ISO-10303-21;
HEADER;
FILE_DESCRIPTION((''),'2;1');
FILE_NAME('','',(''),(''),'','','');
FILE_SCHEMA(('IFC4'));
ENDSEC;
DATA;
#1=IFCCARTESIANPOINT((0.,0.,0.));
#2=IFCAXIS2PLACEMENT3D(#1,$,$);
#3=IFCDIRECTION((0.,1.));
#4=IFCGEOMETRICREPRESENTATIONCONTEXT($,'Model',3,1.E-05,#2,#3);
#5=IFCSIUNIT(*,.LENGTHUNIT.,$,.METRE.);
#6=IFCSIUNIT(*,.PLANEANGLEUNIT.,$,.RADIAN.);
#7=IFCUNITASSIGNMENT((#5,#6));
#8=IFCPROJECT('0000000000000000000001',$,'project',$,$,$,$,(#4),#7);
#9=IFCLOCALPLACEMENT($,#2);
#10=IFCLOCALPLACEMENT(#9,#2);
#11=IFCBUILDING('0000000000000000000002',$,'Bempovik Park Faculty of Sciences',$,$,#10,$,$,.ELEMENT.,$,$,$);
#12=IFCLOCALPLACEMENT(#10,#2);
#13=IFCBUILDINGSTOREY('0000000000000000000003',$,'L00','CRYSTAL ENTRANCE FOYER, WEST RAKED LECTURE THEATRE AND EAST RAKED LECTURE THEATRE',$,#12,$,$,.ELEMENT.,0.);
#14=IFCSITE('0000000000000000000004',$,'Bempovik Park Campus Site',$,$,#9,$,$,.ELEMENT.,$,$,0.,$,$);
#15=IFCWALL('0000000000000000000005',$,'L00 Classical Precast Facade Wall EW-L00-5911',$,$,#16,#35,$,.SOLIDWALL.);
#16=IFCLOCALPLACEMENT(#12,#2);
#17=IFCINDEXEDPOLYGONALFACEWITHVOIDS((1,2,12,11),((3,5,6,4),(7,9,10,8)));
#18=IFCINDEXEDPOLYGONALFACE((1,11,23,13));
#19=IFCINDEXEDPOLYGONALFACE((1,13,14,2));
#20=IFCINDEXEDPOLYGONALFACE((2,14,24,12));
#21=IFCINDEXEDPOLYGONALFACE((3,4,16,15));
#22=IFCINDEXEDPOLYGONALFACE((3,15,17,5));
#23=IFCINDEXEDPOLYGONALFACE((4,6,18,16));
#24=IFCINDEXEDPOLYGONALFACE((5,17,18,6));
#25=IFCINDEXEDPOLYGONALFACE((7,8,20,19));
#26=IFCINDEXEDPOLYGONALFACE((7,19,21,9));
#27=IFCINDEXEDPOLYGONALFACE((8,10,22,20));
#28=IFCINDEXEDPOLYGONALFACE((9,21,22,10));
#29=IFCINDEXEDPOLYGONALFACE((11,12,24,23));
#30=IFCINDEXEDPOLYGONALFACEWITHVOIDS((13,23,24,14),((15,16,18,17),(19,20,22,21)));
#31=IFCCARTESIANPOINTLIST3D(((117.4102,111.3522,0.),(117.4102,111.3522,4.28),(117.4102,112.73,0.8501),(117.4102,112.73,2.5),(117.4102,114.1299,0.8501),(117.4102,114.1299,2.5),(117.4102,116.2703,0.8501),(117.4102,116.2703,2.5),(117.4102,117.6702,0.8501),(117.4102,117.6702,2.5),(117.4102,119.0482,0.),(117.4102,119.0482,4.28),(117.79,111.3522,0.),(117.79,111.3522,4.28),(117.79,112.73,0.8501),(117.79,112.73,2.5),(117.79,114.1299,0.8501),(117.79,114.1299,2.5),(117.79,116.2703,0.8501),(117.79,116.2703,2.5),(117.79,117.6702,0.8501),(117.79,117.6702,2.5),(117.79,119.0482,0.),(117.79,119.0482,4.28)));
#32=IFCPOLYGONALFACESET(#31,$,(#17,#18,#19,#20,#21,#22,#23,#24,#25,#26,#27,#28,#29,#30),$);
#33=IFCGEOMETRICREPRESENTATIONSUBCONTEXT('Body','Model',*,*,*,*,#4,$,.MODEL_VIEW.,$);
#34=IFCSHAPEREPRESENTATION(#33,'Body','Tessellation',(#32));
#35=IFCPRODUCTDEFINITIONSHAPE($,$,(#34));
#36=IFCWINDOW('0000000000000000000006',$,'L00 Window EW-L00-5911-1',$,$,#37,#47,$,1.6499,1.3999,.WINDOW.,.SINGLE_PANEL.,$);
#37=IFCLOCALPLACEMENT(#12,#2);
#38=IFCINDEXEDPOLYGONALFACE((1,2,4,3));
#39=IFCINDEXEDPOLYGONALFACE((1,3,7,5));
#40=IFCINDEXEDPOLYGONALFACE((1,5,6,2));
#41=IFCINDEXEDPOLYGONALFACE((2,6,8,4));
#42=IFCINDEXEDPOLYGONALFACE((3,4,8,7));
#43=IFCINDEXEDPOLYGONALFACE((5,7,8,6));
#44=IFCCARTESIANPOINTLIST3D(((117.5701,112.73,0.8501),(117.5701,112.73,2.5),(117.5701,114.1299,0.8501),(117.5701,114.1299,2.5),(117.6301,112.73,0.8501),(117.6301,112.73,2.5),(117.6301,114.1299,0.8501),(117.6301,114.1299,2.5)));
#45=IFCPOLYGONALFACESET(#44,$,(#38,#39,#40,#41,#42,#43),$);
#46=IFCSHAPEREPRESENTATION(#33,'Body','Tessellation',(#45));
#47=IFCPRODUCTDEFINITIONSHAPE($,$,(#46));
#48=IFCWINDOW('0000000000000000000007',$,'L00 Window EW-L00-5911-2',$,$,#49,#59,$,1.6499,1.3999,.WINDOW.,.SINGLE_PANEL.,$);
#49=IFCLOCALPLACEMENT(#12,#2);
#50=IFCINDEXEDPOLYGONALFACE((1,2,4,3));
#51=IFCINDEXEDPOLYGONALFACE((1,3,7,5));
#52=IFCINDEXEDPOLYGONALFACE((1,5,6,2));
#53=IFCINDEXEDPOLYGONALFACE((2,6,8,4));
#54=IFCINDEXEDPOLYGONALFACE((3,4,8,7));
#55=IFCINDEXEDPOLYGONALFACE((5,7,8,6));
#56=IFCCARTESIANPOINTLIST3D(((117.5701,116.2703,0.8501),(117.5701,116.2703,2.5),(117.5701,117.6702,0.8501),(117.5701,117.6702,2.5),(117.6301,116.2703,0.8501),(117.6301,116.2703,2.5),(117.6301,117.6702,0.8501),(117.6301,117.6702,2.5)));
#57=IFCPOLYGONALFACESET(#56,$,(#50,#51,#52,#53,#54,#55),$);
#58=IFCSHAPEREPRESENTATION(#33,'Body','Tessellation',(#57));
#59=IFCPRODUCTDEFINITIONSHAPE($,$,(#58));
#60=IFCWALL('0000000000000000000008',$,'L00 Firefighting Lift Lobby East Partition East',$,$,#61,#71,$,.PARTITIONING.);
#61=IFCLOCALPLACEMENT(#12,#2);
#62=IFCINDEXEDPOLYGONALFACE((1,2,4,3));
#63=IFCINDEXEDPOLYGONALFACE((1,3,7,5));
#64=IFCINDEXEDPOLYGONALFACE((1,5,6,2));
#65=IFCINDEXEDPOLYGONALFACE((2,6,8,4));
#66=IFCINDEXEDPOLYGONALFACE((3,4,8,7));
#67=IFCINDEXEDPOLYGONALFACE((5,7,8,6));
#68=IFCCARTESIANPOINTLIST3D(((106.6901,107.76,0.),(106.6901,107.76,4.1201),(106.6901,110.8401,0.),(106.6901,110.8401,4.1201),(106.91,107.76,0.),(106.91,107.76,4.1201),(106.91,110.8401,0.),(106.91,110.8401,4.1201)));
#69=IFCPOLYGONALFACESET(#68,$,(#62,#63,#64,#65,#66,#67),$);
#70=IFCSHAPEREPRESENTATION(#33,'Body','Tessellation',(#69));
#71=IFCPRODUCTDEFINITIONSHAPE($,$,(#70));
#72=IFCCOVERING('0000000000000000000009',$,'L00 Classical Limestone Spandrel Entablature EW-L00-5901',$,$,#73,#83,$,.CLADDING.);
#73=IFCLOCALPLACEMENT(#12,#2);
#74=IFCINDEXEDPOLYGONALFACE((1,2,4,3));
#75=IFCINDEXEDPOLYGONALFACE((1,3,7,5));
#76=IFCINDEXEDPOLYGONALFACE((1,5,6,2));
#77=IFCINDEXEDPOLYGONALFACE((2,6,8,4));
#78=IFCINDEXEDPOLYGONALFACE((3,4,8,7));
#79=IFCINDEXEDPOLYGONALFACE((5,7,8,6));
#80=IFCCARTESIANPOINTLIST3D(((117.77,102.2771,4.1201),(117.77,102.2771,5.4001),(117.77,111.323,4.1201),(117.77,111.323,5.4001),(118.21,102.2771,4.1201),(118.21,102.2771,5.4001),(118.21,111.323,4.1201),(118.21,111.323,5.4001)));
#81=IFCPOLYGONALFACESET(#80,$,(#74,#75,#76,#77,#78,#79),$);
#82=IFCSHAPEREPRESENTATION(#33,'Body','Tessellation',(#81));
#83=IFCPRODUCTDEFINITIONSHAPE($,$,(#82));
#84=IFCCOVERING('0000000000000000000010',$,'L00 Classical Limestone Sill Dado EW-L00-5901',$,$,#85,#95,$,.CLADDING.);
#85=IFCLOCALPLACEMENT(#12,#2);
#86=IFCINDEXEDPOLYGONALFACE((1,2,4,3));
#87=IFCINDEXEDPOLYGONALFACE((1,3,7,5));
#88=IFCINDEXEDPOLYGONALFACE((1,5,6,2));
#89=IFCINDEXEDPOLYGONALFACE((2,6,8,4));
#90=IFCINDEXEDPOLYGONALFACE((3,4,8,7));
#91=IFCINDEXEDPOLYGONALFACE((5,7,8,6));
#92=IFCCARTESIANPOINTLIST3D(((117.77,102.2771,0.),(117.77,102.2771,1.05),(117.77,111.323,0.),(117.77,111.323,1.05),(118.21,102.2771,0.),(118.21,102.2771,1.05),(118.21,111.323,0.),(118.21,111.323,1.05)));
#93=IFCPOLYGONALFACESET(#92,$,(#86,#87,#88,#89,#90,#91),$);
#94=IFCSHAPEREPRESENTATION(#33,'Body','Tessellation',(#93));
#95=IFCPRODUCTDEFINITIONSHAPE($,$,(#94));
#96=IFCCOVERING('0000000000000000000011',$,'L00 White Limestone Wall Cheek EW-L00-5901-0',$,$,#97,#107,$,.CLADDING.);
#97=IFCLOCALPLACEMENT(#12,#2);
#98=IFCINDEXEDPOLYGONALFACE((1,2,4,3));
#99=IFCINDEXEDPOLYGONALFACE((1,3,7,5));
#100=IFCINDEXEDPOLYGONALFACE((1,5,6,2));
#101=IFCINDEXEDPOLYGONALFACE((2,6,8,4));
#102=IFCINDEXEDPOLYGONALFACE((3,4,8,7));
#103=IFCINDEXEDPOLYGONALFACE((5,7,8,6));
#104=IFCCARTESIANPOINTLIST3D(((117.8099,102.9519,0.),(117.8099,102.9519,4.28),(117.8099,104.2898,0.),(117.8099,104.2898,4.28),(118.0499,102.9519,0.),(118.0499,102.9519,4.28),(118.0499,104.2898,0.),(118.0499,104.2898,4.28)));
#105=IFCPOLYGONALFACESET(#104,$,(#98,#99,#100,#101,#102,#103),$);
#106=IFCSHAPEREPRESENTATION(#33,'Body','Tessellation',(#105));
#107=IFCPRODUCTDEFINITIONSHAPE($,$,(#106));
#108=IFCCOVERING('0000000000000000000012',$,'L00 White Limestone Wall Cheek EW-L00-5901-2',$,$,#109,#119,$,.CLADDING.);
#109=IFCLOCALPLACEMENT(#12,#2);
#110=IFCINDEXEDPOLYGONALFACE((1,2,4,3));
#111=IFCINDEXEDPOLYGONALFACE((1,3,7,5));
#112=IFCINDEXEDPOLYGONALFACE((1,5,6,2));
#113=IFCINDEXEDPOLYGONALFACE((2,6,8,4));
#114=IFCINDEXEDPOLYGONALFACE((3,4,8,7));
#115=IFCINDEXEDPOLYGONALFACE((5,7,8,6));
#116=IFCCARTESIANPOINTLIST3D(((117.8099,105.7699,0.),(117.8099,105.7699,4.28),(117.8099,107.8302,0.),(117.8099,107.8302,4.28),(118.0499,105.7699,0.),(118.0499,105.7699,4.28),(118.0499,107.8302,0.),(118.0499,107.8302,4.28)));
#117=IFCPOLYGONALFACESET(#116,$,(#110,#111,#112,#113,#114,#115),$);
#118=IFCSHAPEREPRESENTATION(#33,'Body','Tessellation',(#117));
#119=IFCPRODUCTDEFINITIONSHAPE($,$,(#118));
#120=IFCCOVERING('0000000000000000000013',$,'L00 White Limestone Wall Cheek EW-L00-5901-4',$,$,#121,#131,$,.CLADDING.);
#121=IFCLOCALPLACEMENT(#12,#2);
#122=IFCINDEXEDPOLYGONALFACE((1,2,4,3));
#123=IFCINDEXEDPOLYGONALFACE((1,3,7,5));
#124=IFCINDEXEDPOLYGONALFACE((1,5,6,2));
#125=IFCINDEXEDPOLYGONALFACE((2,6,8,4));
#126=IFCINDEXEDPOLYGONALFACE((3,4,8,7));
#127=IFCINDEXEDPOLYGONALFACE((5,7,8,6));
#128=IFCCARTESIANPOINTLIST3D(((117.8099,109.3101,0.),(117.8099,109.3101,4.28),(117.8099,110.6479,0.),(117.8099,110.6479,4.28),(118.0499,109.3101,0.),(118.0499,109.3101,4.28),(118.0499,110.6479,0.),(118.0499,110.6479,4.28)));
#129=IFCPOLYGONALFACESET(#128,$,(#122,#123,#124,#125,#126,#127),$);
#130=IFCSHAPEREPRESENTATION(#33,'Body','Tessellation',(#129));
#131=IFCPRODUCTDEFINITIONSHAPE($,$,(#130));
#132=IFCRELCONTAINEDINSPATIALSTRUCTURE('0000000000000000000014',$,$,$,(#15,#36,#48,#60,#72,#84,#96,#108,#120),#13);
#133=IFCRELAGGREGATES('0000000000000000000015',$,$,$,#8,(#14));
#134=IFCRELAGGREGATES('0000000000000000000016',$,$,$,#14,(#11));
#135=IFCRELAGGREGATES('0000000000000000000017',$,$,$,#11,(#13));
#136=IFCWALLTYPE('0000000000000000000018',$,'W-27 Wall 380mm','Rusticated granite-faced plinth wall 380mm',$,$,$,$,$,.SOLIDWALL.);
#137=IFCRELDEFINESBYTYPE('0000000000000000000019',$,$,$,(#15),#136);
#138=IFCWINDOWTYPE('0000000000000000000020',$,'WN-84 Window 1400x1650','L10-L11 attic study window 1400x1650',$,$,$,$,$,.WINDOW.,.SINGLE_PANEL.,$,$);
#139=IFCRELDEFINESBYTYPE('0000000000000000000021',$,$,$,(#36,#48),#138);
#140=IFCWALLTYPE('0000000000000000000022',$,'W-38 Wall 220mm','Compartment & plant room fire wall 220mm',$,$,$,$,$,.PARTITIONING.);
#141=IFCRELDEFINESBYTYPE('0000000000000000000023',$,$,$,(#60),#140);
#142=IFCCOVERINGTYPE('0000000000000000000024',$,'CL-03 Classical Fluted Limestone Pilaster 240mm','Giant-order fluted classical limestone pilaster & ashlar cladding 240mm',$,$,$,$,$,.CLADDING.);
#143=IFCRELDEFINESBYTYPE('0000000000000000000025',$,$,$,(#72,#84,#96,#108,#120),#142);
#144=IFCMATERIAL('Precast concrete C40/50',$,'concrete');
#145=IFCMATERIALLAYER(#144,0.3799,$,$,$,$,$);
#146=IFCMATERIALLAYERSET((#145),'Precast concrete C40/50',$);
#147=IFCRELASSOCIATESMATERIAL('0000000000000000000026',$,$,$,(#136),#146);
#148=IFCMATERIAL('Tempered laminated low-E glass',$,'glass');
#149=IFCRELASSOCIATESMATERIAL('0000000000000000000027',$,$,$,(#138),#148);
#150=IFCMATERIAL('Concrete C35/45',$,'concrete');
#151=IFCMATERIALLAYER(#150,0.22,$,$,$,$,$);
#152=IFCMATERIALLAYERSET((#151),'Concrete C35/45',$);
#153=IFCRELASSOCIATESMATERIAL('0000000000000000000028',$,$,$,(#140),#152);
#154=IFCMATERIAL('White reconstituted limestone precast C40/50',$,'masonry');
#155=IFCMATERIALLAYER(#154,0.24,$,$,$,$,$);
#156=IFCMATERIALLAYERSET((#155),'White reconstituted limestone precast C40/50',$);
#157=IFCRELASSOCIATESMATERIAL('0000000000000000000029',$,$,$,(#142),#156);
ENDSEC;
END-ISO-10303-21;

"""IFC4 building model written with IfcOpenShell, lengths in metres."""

from ifc_helpers import new_model, si_unit, direction, frame, frame_2d, origin, origin_2d, place, context, subcontext, project, spatial, rectangle, extrude, material, layer, layer_set, type_object, element, fill, save


model = new_model("IFC4")

# Units and contexts
model_context = context("Model", 3, precision=1e-05, world=origin(), true_north=direction((0.0, 1.0)))
body_context = subcontext(model_context, "Body", "Model", "MODEL_VIEW")
ifc_project = project(units=[si_unit("LENGTHUNIT", "METRE"), si_unit("PLANEANGLEUNIT", "RADIAN")], contexts=[model_context])

# Site, building, storey
site_placement = place(None, origin())
site = spatial("IfcSite", under=ifc_project, at=site_placement, Name="Bempovik Park Campus Site", CompositionType="ELEMENT", RefElevation=0.0)
building_placement = place(site_placement, origin())
building = spatial("IfcBuilding", under=site, at=building_placement, Name="Bempovik Park Faculty of Sciences", CompositionType="ELEMENT")
storey_placement = place(building_placement, origin())
storey = spatial("IfcBuildingStorey", under=building, at=storey_placement, Name="L00", Description="CRYSTAL ENTRANCE FOYER, WEST RAKED LECTURE THEATRE AND EAST RAKED LECTURE THEATRE", CompositionType="ELEMENT", Elevation=0.0)

# Shared definitions
ifc_material_1 = material(Name="Concrete C35/45", Category="concrete")

# Wall, openings, windows
ifc_material_2 = material(Name="Precast concrete C40/50", Category="concrete")
ifc_layer_1 = layer(ifc_material_2, 0.3799)
ifc_layer_set_1 = layer_set([ifc_layer_1], Name="Precast concrete C40/50")
wall_type_1 = type_object("IfcWallType", Name="W-27 Wall 380mm", Description="Rusticated granite-faced plinth wall 380mm", PredefinedType="SOLIDWALL", material=ifc_layer_set_1)
ifc_material_3 = material(Name="Tempered laminated low-E glass", Category="glass")
window_type = type_object("IfcWindowType", Name="WN-84 Window 1400x1650", Description="L10-L11 attic study window 1400x1650", PartitioningType="SINGLE_PANEL", PredefinedType="WINDOW", material=ifc_material_3)
wall_1_placement = place(storey_placement, frame((117.6001, 111.3521, 0.0), z_axis=(0.0, 0.0, 1.0), x_axis=(0.0, 1.0, 0.0)))
wall_1 = element("IfcWall", 1, at=wall_1_placement, inside=storey, type_object=wall_type_1, Name="L00 Classical Precast Facade Wall EW-L00-5911", PredefinedType="SOLIDWALL", context=body_context, shape_type="SweptSolid", body=[
    extrude(rectangle(XDim=7.696, YDim=0.3799, at=frame_2d((3.8481, 0.0))), origin(), (0.0, 0.0, 1.0), 4.28),
])
opening_1_placement = place(wall_1_placement, frame((1.3779, 0.0, 0.8501)))
opening_1 = element("IfcOpeningElement", 2, at=opening_1_placement, cuts=wall_1, PredefinedType="OPENING", context=body_context, shape_type="SweptSolid", body=[
    extrude(rectangle(XDim=1.3999, YDim=1.6499, at=frame_2d((0.7, 0.825))), frame((0.0, 0.2, 0.0), z_axis=(0.0, -1.0, 0.0), x_axis=(1.0, 0.0, 0.0)), (0.0, 0.0, 1.0), 0.3999),
])
opening_2_placement = place(wall_1_placement, frame((4.9182, 0.0, 0.8501)))
opening_2 = element("IfcOpeningElement", 3, at=opening_2_placement, cuts=wall_1, PredefinedType="OPENING", context=body_context, shape_type="SweptSolid", body=[
    extrude(rectangle(XDim=1.3999, YDim=1.6499, at=frame_2d((0.7, 0.825))), frame((0.0, 0.2, 0.0), z_axis=(0.0, -1.0, 0.0), x_axis=(1.0, 0.0, 0.0)), (0.0, 0.0, 1.0), 0.3999),
])
window_1_placement = place(opening_1_placement, origin())
window_1 = element("IfcWindow", 4, at=window_1_placement, inside=storey, type_object=window_type, Name="L00 Window EW-L00-5911-1", OverallHeight=1.6499, OverallWidth=1.3999, PartitioningType="SINGLE_PANEL", PredefinedType="WINDOW", context=body_context, shape_type="SweptSolid", body=[
    extrude(rectangle(XDim=1.3999, YDim=1.6499, at=frame_2d((0.7, 0.825))), frame((0.0, 0.03, 0.0), z_axis=(0.0, -1.0, 0.0), x_axis=(1.0, 0.0, 0.0)), (0.0, 0.0, 1.0), 0.0601),
])
fill(opening_1, window_1)
window_2_placement = place(opening_2_placement, origin())
window_2 = element("IfcWindow", 5, at=window_2_placement, inside=storey, type_object=window_type, Name="L00 Window EW-L00-5911-2", OverallHeight=1.6499, OverallWidth=1.3999, PartitioningType="SINGLE_PANEL", PredefinedType="WINDOW", context=body_context, shape_type="SweptSolid", body=[
    extrude(rectangle(XDim=1.3999, YDim=1.6499, at=frame_2d((0.7, 0.825))), frame((0.0, 0.03, 0.0), z_axis=(0.0, -1.0, 0.0), x_axis=(1.0, 0.0, 0.0)), (0.0, 0.0, 1.0), 0.0601),
])
fill(opening_2, window_2)

# Wall
ifc_layer_2 = layer(ifc_material_1, 0.22)
ifc_layer_set_2 = layer_set([ifc_layer_2], Name="Concrete C35/45")
wall_type_2 = type_object("IfcWallType", Name="W-38 Wall 220mm", Description="Compartment & plant room fire wall 220mm", PredefinedType="PARTITIONING", material=ifc_layer_set_2)
wall_2_placement = place(storey_placement, frame((106.8, 107.76, 0.0), z_axis=(0.0, 0.0, 1.0), x_axis=(0.0, 1.0, 0.0)))
element("IfcWall", 6, at=wall_2_placement, inside=storey, type_object=wall_type_2, Name="L00 Firefighting Lift Lobby East Partition East", PredefinedType="PARTITIONING", context=body_context, shape_type="SweptSolid", body=[
    extrude(rectangle(XDim=3.0801, YDim=0.22, at=frame_2d((1.54, 0.0))), origin(), (0.0, 0.0, 1.0), 4.1201),
])

# Coverings
ifc_material_4 = material(Name="White reconstituted limestone precast C40/50", Category="masonry")
ifc_layer_3 = layer(ifc_material_4, 0.24)
ifc_layer_set_3 = layer_set([ifc_layer_3], Name="White reconstituted limestone precast C40/50")
covering_type = type_object("IfcCoveringType", Name="CL-03 Classical Fluted Limestone Pilaster 240mm", Description="Giant-order fluted classical limestone pilaster & ashlar cladding 240mm", PredefinedType="CLADDING", material=ifc_layer_set_3)
covering_1_placement = place(storey_placement, frame((117.99, 106.8, 4.1201), z_axis=(0.0, 0.0, 1.0), x_axis=(1.0, 0.0, 0.0)))
element("IfcCovering", 7, at=covering_1_placement, inside=storey, type_object=covering_type, Name="L00 Classical Limestone Spandrel Entablature EW-L00-5901", PredefinedType="CLADDING", context=body_context, shape_type="SweptSolid", body=[
    extrude(rectangle(XDim=0.4399, YDim=9.0459, at=origin_2d()), origin(), (0.0, 0.0, 1.0), 1.28),
])
covering_2_placement = place(storey_placement, frame((117.99, 106.8, 0.0), z_axis=(0.0, 0.0, 1.0), x_axis=(1.0, 0.0, 0.0)))
element("IfcCovering", 8, at=covering_2_placement, inside=storey, type_object=covering_type, Name="L00 Classical Limestone Sill Dado EW-L00-5901", PredefinedType="CLADDING", context=body_context, shape_type="SweptSolid", body=[
    extrude(rectangle(XDim=0.4399, YDim=9.0459, at=origin_2d()), origin(), (0.0, 0.0, 1.0), 1.05),
])
covering_3_placement = place(storey_placement, frame((117.9299, 103.6208, 0.0), z_axis=(0.0, 0.0, 1.0), x_axis=(1.0, 0.0, 0.0)))
element("IfcCovering", 9, at=covering_3_placement, inside=storey, type_object=covering_type, Name="L00 White Limestone Wall Cheek EW-L00-5901-0", PredefinedType="CLADDING", context=body_context, shape_type="SweptSolid", body=[
    extrude(rectangle(XDim=0.24, YDim=1.3379, at=origin_2d()), origin(), (0.0, 0.0, 1.0), 4.28),
])
covering_4_placement = place(storey_placement, frame((117.9299, 106.8, 0.0), z_axis=(0.0, 0.0, 1.0), x_axis=(1.0, 0.0, 0.0)))
element("IfcCovering", 10, at=covering_4_placement, inside=storey, type_object=covering_type, Name="L00 White Limestone Wall Cheek EW-L00-5901-2", PredefinedType="CLADDING", context=body_context, shape_type="SweptSolid", body=[
    extrude(rectangle(XDim=0.24, YDim=2.0603, at=origin_2d()), origin(), (0.0, 0.0, 1.0), 4.28),
])
covering_5_placement = place(storey_placement, frame((117.9299, 109.979, 0.0), z_axis=(0.0, 0.0, 1.0), x_axis=(1.0, 0.0, 0.0)))
element("IfcCovering", 11, at=covering_5_placement, inside=storey, type_object=covering_type, Name="L00 White Limestone Wall Cheek EW-L00-5901-4", PredefinedType="CLADDING", context=body_context, shape_type="SweptSolid", body=[
    extrude(rectangle(XDim=0.24, YDim=1.3379, at=origin_2d()), origin(), (0.0, 0.0, 1.0), 4.28),
])

save(model, "model.ifc")
